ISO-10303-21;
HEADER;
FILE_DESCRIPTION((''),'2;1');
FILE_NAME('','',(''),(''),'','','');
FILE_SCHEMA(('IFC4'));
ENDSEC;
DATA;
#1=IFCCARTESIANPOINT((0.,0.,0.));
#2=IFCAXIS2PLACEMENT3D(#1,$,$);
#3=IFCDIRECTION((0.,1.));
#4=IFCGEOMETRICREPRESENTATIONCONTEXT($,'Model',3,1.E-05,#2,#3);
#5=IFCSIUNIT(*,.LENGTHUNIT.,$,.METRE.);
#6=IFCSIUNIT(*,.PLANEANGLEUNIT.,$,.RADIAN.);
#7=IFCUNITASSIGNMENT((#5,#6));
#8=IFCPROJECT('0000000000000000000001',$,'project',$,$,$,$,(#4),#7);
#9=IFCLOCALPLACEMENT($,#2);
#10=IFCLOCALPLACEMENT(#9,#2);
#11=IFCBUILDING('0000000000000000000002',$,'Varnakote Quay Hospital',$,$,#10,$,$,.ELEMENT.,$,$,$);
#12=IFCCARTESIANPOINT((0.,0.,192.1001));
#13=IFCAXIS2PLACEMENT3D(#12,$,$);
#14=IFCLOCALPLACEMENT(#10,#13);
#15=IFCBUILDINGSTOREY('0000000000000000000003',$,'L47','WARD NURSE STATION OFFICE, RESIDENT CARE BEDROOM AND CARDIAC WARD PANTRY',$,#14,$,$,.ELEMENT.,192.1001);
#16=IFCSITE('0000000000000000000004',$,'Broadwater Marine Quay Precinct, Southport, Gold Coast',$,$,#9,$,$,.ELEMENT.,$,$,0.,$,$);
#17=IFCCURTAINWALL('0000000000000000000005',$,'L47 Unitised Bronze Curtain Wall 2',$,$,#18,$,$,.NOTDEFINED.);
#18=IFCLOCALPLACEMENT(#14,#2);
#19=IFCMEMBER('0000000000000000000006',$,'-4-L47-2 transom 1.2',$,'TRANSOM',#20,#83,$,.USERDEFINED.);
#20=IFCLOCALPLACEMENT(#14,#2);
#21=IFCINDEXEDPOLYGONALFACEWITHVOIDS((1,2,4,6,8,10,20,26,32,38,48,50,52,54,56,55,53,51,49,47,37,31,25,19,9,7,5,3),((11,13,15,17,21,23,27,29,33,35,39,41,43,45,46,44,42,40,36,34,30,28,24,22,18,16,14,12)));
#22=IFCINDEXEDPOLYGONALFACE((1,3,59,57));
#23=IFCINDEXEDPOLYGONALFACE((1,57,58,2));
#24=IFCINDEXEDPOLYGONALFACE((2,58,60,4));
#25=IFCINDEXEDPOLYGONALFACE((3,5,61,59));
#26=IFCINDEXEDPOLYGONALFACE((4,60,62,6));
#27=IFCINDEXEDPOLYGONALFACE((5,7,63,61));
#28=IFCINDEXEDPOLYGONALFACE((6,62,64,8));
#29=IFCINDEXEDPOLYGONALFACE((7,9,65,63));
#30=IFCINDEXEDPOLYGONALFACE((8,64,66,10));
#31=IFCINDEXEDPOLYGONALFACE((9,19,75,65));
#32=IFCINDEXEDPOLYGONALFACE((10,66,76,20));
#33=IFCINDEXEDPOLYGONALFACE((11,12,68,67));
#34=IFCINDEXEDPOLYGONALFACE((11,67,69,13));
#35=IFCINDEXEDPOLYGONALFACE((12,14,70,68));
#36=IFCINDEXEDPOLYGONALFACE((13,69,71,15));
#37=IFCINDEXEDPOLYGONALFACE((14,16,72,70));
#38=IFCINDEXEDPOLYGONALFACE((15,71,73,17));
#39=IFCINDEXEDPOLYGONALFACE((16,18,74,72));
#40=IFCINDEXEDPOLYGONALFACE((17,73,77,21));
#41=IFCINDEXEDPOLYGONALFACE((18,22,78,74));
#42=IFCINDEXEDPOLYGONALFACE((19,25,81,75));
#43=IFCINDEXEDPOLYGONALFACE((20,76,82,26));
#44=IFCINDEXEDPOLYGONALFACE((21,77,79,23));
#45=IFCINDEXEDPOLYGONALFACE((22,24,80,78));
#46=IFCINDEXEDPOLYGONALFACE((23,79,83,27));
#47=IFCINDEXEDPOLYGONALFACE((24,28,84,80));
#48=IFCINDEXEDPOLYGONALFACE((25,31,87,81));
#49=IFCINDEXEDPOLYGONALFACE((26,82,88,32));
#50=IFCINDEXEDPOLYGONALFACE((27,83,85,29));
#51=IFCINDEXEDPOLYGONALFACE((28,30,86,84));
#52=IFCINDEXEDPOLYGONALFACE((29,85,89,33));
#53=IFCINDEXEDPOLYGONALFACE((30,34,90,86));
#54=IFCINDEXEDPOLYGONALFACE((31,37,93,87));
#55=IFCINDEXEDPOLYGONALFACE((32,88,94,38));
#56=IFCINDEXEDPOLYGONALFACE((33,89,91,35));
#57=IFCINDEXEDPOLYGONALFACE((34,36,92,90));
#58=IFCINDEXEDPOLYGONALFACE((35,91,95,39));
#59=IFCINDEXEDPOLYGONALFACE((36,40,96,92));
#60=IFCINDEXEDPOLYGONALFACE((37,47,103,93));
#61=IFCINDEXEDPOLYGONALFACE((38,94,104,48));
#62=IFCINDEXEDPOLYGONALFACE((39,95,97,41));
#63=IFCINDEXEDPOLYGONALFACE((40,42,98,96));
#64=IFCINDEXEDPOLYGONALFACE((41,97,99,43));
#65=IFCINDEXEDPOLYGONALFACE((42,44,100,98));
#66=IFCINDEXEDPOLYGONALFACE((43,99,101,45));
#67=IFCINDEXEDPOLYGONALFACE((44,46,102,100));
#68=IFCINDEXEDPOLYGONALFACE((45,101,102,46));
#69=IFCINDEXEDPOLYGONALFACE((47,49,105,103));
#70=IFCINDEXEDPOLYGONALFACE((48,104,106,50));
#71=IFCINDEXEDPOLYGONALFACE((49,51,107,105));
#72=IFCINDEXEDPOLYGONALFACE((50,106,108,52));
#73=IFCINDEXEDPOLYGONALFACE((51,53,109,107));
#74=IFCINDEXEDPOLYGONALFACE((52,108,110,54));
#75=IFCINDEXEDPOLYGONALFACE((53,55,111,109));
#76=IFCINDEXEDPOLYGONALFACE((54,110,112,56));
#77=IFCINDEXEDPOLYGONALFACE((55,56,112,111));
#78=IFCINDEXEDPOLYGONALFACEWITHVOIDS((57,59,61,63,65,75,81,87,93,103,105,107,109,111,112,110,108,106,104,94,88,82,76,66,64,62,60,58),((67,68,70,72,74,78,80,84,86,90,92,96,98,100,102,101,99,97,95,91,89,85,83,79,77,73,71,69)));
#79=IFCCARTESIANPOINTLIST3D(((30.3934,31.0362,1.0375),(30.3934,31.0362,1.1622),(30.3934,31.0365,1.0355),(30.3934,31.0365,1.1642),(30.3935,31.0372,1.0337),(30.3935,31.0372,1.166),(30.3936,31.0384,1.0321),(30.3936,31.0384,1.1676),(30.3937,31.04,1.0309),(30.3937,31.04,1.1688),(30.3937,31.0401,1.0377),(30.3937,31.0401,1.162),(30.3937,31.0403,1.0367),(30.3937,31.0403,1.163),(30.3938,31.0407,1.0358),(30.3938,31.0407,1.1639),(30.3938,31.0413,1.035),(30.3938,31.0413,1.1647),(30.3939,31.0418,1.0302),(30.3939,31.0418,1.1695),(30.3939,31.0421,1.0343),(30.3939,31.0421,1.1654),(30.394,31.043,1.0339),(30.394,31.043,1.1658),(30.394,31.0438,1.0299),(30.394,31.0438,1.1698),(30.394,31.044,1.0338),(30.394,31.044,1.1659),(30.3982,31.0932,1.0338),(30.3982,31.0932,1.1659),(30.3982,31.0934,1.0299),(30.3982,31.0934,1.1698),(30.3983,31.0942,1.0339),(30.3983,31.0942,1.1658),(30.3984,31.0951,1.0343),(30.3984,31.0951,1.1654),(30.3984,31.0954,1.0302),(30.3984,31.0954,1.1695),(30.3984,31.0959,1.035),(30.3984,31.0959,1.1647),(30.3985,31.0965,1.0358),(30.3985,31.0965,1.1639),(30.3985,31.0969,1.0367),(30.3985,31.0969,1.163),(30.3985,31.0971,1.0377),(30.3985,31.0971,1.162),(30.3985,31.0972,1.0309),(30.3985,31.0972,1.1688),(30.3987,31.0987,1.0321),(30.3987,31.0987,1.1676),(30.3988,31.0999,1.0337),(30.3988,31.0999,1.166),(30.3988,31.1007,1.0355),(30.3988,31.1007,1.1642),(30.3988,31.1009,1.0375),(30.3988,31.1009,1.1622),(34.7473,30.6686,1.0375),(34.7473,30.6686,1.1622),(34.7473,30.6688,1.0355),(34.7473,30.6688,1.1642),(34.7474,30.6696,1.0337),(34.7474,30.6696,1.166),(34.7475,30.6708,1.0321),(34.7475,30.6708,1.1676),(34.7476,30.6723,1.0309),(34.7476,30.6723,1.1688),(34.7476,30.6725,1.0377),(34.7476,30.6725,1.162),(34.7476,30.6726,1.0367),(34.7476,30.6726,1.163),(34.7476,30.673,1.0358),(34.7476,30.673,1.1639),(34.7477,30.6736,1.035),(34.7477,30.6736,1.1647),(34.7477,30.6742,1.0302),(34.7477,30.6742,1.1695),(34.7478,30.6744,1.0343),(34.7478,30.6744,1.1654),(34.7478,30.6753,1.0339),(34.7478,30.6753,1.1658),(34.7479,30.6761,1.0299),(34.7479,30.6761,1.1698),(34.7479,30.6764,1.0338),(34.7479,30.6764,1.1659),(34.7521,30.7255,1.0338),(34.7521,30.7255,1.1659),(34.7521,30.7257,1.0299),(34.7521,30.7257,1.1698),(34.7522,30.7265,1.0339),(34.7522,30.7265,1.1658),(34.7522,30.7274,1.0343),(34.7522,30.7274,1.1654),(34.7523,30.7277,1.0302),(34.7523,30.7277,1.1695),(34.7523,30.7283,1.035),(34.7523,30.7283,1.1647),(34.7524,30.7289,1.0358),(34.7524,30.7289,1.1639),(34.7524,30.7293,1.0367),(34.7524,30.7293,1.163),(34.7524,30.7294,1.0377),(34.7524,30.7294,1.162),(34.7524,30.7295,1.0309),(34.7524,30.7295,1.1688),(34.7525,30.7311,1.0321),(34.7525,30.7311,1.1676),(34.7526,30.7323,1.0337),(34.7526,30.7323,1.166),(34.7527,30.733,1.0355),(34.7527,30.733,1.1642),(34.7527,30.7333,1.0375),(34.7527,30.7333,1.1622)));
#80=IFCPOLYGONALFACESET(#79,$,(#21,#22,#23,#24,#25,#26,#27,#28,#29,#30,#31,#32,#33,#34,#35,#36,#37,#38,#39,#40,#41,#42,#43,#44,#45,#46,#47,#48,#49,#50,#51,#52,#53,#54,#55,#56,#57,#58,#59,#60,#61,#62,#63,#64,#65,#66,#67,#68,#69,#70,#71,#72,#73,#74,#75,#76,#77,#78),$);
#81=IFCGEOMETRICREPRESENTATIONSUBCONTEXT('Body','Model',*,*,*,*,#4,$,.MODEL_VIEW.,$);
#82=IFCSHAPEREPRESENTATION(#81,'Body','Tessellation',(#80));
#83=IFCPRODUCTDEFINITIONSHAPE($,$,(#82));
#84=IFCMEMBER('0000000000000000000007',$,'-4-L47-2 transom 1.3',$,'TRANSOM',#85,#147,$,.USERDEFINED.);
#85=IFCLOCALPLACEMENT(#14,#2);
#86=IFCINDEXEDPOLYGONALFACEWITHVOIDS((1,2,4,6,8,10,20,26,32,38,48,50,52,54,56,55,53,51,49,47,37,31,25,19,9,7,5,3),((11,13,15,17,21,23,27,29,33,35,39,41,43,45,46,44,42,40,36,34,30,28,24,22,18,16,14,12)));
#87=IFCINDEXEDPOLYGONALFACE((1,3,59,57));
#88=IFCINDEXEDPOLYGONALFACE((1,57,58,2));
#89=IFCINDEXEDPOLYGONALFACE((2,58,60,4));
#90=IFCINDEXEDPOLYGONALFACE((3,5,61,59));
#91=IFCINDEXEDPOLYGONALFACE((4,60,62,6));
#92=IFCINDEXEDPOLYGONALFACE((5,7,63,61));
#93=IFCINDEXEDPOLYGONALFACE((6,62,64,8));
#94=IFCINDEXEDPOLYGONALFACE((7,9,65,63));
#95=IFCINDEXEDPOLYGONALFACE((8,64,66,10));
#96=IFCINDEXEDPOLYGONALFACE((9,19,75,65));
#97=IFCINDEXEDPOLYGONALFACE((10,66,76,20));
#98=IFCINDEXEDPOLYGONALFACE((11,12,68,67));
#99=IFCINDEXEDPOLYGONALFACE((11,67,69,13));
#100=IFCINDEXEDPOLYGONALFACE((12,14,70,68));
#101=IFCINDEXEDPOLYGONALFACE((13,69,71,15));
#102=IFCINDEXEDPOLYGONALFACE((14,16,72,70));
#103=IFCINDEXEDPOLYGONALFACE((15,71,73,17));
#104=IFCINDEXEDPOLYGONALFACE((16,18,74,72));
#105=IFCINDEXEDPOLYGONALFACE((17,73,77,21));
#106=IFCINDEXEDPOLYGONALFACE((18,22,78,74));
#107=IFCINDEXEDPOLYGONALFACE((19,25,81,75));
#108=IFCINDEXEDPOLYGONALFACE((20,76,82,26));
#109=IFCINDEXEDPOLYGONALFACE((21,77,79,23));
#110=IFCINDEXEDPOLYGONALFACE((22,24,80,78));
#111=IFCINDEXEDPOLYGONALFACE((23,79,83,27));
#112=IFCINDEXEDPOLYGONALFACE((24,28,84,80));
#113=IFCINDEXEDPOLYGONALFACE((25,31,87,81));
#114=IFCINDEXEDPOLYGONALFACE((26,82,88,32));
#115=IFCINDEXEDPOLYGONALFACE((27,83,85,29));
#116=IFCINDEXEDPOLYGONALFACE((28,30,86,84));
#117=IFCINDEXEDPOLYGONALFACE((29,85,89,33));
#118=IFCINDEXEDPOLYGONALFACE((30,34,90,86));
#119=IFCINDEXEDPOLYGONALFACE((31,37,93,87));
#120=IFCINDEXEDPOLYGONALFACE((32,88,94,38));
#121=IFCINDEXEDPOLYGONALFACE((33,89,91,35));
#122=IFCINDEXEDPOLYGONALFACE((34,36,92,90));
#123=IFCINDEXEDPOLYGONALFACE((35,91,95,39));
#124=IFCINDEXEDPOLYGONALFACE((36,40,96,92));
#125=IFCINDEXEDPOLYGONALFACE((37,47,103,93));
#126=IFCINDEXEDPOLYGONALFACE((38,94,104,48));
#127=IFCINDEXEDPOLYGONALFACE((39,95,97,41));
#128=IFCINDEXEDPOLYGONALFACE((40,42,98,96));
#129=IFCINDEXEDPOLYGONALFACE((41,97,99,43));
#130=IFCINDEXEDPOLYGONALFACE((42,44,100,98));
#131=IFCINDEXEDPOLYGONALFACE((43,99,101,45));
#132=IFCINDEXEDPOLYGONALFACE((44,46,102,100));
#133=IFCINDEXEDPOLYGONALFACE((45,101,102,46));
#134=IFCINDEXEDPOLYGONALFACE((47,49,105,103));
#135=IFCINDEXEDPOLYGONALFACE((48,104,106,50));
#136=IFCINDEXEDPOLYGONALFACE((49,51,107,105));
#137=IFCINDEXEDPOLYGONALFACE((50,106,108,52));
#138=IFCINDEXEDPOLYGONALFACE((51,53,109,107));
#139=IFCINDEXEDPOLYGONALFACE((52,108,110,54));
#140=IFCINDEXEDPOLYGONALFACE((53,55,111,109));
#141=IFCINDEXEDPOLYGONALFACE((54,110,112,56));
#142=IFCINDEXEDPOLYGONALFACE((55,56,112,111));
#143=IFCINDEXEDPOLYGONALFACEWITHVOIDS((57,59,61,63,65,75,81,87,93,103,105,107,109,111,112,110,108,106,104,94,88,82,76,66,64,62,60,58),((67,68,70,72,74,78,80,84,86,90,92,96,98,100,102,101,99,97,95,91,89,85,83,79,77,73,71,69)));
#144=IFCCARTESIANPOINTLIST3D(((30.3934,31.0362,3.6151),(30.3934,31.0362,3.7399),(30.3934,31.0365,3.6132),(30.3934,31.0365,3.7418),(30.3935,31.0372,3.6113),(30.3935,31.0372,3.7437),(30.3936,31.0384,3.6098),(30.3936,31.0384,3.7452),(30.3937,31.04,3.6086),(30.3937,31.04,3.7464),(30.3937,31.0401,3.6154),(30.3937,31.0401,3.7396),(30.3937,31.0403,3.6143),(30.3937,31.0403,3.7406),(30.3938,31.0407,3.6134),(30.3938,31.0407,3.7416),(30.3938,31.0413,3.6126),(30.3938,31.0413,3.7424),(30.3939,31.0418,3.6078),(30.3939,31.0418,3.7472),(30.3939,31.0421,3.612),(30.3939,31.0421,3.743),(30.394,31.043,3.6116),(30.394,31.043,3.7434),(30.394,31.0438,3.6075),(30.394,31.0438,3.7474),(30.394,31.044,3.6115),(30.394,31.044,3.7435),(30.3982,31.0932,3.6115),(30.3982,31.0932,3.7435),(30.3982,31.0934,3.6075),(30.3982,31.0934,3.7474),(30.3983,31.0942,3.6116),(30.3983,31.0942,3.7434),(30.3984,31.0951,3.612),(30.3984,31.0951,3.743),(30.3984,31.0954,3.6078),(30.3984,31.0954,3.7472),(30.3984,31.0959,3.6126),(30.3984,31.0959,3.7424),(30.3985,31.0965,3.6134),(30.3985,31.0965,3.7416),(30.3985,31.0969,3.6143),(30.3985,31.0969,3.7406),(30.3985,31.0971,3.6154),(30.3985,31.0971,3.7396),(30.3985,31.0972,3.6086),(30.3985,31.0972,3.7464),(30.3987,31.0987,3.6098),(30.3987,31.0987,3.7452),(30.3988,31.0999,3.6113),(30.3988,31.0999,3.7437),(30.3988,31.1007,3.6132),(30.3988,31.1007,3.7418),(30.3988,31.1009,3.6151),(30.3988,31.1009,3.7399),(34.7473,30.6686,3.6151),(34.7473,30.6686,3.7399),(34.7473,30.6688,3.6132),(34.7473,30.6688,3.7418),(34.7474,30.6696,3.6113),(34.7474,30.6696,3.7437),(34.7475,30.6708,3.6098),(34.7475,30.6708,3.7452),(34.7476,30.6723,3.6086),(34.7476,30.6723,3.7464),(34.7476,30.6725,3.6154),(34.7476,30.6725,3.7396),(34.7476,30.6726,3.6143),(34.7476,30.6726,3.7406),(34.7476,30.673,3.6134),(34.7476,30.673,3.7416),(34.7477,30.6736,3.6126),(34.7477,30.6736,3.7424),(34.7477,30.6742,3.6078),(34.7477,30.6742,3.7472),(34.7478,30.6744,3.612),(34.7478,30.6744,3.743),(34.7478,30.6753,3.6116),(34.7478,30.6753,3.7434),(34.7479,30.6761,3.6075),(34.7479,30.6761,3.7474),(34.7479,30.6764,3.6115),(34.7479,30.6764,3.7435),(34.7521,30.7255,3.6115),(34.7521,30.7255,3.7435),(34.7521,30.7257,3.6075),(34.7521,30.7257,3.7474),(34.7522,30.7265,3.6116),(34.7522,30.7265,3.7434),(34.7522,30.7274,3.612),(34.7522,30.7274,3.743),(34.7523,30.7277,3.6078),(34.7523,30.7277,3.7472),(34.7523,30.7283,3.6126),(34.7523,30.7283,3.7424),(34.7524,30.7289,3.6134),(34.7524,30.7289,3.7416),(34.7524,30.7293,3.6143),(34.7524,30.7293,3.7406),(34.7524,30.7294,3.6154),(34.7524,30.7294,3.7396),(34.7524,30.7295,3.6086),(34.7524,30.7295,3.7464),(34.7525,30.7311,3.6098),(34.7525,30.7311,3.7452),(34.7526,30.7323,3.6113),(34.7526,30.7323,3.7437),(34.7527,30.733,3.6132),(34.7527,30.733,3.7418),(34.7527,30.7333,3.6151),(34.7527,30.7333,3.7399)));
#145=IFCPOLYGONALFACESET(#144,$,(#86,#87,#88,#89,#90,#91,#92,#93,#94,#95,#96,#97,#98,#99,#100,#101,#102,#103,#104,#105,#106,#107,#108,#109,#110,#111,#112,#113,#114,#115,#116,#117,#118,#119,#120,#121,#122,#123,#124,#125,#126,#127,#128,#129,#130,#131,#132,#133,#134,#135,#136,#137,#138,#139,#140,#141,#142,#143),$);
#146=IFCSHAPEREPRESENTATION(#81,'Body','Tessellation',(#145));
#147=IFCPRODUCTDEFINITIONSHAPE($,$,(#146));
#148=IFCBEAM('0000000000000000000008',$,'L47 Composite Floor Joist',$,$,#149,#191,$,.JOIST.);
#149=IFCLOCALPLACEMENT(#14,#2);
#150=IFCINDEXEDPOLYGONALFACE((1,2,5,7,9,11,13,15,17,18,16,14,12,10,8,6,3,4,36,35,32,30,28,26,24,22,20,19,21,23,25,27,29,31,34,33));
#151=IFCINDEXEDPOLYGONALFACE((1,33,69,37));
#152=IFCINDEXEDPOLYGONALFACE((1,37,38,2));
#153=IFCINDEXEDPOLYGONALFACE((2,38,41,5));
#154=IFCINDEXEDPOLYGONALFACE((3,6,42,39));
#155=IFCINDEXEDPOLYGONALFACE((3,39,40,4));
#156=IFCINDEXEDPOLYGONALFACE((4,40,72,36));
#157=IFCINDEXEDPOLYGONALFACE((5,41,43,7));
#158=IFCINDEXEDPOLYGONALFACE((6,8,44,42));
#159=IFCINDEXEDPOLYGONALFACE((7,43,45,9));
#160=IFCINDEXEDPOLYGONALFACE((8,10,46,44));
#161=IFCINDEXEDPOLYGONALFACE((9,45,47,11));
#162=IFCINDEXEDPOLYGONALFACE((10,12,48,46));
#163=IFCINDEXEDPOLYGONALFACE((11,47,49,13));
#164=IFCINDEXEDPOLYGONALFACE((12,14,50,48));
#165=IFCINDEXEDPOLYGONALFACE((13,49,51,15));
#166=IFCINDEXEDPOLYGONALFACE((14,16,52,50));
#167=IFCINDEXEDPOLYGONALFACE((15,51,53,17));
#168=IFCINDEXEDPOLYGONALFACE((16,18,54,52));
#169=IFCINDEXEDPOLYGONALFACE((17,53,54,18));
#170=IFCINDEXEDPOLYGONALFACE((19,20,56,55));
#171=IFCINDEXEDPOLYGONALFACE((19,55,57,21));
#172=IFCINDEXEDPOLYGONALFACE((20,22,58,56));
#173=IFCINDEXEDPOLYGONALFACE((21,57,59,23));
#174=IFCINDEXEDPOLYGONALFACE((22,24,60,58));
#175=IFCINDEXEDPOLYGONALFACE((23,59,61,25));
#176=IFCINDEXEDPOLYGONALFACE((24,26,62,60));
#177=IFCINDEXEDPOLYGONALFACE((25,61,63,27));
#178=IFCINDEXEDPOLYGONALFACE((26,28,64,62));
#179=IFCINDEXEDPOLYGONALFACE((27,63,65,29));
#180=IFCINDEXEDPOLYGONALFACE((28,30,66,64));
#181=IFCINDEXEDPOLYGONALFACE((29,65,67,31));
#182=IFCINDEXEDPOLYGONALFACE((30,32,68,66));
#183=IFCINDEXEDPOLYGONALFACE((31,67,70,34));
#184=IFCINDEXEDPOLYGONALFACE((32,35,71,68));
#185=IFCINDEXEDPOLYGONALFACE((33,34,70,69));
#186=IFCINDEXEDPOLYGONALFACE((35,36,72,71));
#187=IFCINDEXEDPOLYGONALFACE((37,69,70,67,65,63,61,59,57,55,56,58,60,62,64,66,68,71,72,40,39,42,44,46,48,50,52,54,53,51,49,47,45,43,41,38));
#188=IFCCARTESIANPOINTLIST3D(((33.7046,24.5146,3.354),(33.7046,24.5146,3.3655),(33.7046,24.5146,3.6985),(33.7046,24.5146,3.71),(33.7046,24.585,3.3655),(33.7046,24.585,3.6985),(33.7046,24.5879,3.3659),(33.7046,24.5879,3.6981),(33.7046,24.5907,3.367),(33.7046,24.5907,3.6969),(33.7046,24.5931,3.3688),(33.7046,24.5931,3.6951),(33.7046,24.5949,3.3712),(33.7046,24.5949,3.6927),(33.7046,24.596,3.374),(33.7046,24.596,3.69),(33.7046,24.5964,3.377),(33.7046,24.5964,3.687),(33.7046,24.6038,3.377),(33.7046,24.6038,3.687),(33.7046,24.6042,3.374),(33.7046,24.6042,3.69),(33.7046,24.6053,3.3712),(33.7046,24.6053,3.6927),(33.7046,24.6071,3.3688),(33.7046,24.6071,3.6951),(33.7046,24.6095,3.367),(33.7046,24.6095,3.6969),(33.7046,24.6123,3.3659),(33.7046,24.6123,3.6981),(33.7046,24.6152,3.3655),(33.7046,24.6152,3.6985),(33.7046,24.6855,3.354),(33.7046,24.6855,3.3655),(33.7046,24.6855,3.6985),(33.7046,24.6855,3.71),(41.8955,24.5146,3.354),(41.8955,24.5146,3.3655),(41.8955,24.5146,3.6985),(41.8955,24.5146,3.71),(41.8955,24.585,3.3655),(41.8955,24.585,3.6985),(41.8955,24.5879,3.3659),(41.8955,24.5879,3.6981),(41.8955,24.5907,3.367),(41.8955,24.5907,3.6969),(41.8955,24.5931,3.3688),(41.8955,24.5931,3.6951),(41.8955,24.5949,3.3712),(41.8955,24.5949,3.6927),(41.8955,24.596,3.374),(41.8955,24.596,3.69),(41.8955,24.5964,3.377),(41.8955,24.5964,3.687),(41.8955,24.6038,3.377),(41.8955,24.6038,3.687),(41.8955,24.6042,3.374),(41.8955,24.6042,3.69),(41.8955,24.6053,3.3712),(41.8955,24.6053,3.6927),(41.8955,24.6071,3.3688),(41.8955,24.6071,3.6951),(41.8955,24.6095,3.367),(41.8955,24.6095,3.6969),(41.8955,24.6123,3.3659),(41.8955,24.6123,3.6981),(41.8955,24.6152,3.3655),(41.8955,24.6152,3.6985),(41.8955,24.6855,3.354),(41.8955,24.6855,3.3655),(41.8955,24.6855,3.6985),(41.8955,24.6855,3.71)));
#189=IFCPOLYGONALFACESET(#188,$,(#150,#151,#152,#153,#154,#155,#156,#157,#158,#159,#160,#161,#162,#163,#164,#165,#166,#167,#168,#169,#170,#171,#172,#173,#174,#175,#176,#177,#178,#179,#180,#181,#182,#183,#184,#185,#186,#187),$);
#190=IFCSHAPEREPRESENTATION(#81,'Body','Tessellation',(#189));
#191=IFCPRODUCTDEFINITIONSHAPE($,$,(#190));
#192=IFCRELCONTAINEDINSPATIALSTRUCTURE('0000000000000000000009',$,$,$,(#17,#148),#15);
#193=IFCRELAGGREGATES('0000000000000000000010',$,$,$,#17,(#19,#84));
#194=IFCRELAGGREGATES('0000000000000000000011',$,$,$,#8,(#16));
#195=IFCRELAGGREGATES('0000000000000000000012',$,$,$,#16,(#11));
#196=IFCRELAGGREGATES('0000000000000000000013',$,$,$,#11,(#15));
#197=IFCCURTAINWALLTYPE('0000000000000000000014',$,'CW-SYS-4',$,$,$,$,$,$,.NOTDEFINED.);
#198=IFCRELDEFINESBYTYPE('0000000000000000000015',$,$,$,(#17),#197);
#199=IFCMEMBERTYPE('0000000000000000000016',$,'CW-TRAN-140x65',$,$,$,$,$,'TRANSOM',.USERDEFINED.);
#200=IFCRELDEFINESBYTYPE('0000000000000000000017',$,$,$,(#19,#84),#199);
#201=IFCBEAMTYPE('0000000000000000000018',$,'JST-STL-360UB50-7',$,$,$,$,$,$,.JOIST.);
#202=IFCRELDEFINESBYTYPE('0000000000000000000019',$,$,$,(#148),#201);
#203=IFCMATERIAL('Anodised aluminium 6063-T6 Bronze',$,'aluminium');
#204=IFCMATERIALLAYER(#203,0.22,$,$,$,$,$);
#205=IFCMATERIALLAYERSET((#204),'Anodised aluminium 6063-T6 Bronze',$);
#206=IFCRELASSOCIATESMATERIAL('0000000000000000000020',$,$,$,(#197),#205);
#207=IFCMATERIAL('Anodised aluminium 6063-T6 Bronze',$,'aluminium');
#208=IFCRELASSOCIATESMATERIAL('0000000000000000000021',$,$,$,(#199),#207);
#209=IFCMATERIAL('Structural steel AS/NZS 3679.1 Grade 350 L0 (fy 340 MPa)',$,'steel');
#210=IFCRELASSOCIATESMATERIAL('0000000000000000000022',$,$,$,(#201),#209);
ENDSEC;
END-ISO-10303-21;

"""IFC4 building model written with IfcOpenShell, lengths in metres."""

from ifc_helpers import new_model, si_unit, direction, frame, origin, origin_2d, place, context, subcontext, project, spatial, hollow_rectangle, i_section, extrude, material, layer, layer_set, material_profile, profile_set, type_object, element, aggregate, save


model = new_model("IFC4")

# Units and contexts
model_context = context("Model", 3, precision=1e-05, world=origin(), true_north=direction((0.0, 1.0)))
body_context = subcontext(model_context, "Body", "Model", "MODEL_VIEW")
ifc_project = project(units=[si_unit("LENGTHUNIT", "METRE"), si_unit("PLANEANGLEUNIT", "RADIAN")], contexts=[model_context])

# Site, building, storey
site_placement = place(None, origin())
site = spatial("IfcSite", under=ifc_project, at=site_placement, Name="Broadwater Marine Quay Precinct, Southport, Gold Coast", CompositionType="ELEMENT", RefElevation=0.0)
building_placement = place(site_placement, origin())
building = spatial("IfcBuilding", under=site, at=building_placement, Name="Varnakote Quay Hospital", CompositionType="ELEMENT")
storey_placement = place(building_placement, frame((0.0, 0.0, 192.1001)))
storey = spatial("IfcBuildingStorey", under=building, at=storey_placement, Name="L47", Description="WARD NURSE STATION OFFICE, RESIDENT CARE BEDROOM AND CARDIAC WARD PANTRY", CompositionType="ELEMENT", Elevation=192.1001)

# Shared definitions
ifc_material_1 = material(Name="Anodised aluminium 6063-T6 Bronze", Category="aluminium")
ifc_layer_1 = layer(ifc_material_1, 0.22)
ifc_layer_set_1 = layer_set([ifc_layer_1], Name="Anodised aluminium 6063-T6 Bronze")
curtain_wall_type = type_object("IfcCurtainWallType", Name="CW-SYS-4", PredefinedType="NOTDEFINED", material=ifc_layer_set_1)

# Curtain wall, members
curtain_wall_1_placement = place(storey_placement, origin())
curtain_wall_1 = element("IfcCurtainWall", 1, at=curtain_wall_1_placement, inside=storey, type_object=curtain_wall_type, Name="L47 Unitised Bronze Curtain Wall 2", PredefinedType="NOTDEFINED")
ifc_material_2 = material(Name="Anodised aluminium 6063-T6 Bronze", Category="aluminium")
ifc_material_profile_1 = material_profile(ifc_material_2, hollow_rectangle(XDim=0.0649, YDim=0.1399, WallThickness=0.0039, InnerFilletRadius=0.0039, OuterFilletRadius=0.0076, at=origin_2d()), Name="CW-TRAN-140x65")
ifc_profile_set_1 = profile_set([ifc_material_profile_1], Name="Anodised aluminium 6063-T6 Bronze")
member_type_1 = type_object("IfcMemberType", Name="CW-TRAN-140x65", ElementType="TRANSOM", PredefinedType="USERDEFINED", material=ifc_profile_set_1)
member_1_placement = place(storey_placement, frame((34.75, 30.7009, 1.0999), z_axis=(-0.996453, 0.084146, 0.0), x_axis=(-0.084146, -0.996453, 0.0)))
member_1 = element("IfcMember", 2, at=member_1_placement, type_object=member_type_1, Name="-4-L47-2 transom 1.2", ObjectType="TRANSOM", PredefinedType="USERDEFINED", context=body_context, shape_type="SweptSolid", body=[
    extrude(hollow_rectangle(XDim=0.0649, YDim=0.1399, WallThickness=0.0039, InnerFilletRadius=0.0039, OuterFilletRadius=0.0076, at=origin_2d()), origin(), (0.0, 0.0, 1.0), 4.3694),
])
member_2_placement = place(storey_placement, frame((34.75, 30.7009, 3.6775), z_axis=(-0.996453, 0.084146, 0.0), x_axis=(-0.084146, -0.996453, 0.0)))
member_2 = element("IfcMember", 3, at=member_2_placement, type_object=member_type_1, Name="-4-L47-2 transom 1.3", ObjectType="TRANSOM", PredefinedType="USERDEFINED", context=body_context, shape_type="SweptSolid", body=[
    extrude(hollow_rectangle(XDim=0.0649, YDim=0.1399, WallThickness=0.0039, InnerFilletRadius=0.0039, OuterFilletRadius=0.0076, at=origin_2d()), origin(), (0.0, 0.0, 1.0), 4.3694),
])

# Beam
ifc_material_3 = material(Name="Structural steel AS/NZS 3679.1 Grade 350 L0 (fy 340 MPa)", Category="steel")
ifc_material_profile_2 = material_profile(ifc_material_3, i_section(OverallWidth=0.1709, OverallDepth=0.356, WebThickness=0.0073, FlangeThickness=0.0115, FilletRadius=0.0115, at=origin_2d()), Name="360UB50.7")
ifc_profile_set_2 = profile_set([ifc_material_profile_2], Name="Structural steel AS/NZS 3679.1 Grade 350 L0 (fy 340 MPa)")
beam_type_1 = type_object("IfcBeamType", Name="JST-STL-360UB50-7", PredefinedType="JOIST", material=ifc_profile_set_2)
beam_1_placement = place(storey_placement, frame((33.7046, 24.6001, 3.532), z_axis=(1.0, 0.0, 0.0), x_axis=(0.0, 1.0, 0.0)))
element("IfcBeam", 4, at=beam_1_placement, inside=storey, type_object=beam_type_1, Name="L47 Composite Floor Joist", PredefinedType="JOIST", context=body_context, shape_type="SweptSolid", body=[
    extrude(i_section(OverallWidth=0.1709, OverallDepth=0.356, WebThickness=0.0073, FlangeThickness=0.0115, FilletRadius=0.0115, at=origin_2d()), origin(), (0.0, 0.0, 1.0), 8.1909),
])

aggregate(curtain_wall_1, [member_1, member_2])

save(model, "model.ifc")
